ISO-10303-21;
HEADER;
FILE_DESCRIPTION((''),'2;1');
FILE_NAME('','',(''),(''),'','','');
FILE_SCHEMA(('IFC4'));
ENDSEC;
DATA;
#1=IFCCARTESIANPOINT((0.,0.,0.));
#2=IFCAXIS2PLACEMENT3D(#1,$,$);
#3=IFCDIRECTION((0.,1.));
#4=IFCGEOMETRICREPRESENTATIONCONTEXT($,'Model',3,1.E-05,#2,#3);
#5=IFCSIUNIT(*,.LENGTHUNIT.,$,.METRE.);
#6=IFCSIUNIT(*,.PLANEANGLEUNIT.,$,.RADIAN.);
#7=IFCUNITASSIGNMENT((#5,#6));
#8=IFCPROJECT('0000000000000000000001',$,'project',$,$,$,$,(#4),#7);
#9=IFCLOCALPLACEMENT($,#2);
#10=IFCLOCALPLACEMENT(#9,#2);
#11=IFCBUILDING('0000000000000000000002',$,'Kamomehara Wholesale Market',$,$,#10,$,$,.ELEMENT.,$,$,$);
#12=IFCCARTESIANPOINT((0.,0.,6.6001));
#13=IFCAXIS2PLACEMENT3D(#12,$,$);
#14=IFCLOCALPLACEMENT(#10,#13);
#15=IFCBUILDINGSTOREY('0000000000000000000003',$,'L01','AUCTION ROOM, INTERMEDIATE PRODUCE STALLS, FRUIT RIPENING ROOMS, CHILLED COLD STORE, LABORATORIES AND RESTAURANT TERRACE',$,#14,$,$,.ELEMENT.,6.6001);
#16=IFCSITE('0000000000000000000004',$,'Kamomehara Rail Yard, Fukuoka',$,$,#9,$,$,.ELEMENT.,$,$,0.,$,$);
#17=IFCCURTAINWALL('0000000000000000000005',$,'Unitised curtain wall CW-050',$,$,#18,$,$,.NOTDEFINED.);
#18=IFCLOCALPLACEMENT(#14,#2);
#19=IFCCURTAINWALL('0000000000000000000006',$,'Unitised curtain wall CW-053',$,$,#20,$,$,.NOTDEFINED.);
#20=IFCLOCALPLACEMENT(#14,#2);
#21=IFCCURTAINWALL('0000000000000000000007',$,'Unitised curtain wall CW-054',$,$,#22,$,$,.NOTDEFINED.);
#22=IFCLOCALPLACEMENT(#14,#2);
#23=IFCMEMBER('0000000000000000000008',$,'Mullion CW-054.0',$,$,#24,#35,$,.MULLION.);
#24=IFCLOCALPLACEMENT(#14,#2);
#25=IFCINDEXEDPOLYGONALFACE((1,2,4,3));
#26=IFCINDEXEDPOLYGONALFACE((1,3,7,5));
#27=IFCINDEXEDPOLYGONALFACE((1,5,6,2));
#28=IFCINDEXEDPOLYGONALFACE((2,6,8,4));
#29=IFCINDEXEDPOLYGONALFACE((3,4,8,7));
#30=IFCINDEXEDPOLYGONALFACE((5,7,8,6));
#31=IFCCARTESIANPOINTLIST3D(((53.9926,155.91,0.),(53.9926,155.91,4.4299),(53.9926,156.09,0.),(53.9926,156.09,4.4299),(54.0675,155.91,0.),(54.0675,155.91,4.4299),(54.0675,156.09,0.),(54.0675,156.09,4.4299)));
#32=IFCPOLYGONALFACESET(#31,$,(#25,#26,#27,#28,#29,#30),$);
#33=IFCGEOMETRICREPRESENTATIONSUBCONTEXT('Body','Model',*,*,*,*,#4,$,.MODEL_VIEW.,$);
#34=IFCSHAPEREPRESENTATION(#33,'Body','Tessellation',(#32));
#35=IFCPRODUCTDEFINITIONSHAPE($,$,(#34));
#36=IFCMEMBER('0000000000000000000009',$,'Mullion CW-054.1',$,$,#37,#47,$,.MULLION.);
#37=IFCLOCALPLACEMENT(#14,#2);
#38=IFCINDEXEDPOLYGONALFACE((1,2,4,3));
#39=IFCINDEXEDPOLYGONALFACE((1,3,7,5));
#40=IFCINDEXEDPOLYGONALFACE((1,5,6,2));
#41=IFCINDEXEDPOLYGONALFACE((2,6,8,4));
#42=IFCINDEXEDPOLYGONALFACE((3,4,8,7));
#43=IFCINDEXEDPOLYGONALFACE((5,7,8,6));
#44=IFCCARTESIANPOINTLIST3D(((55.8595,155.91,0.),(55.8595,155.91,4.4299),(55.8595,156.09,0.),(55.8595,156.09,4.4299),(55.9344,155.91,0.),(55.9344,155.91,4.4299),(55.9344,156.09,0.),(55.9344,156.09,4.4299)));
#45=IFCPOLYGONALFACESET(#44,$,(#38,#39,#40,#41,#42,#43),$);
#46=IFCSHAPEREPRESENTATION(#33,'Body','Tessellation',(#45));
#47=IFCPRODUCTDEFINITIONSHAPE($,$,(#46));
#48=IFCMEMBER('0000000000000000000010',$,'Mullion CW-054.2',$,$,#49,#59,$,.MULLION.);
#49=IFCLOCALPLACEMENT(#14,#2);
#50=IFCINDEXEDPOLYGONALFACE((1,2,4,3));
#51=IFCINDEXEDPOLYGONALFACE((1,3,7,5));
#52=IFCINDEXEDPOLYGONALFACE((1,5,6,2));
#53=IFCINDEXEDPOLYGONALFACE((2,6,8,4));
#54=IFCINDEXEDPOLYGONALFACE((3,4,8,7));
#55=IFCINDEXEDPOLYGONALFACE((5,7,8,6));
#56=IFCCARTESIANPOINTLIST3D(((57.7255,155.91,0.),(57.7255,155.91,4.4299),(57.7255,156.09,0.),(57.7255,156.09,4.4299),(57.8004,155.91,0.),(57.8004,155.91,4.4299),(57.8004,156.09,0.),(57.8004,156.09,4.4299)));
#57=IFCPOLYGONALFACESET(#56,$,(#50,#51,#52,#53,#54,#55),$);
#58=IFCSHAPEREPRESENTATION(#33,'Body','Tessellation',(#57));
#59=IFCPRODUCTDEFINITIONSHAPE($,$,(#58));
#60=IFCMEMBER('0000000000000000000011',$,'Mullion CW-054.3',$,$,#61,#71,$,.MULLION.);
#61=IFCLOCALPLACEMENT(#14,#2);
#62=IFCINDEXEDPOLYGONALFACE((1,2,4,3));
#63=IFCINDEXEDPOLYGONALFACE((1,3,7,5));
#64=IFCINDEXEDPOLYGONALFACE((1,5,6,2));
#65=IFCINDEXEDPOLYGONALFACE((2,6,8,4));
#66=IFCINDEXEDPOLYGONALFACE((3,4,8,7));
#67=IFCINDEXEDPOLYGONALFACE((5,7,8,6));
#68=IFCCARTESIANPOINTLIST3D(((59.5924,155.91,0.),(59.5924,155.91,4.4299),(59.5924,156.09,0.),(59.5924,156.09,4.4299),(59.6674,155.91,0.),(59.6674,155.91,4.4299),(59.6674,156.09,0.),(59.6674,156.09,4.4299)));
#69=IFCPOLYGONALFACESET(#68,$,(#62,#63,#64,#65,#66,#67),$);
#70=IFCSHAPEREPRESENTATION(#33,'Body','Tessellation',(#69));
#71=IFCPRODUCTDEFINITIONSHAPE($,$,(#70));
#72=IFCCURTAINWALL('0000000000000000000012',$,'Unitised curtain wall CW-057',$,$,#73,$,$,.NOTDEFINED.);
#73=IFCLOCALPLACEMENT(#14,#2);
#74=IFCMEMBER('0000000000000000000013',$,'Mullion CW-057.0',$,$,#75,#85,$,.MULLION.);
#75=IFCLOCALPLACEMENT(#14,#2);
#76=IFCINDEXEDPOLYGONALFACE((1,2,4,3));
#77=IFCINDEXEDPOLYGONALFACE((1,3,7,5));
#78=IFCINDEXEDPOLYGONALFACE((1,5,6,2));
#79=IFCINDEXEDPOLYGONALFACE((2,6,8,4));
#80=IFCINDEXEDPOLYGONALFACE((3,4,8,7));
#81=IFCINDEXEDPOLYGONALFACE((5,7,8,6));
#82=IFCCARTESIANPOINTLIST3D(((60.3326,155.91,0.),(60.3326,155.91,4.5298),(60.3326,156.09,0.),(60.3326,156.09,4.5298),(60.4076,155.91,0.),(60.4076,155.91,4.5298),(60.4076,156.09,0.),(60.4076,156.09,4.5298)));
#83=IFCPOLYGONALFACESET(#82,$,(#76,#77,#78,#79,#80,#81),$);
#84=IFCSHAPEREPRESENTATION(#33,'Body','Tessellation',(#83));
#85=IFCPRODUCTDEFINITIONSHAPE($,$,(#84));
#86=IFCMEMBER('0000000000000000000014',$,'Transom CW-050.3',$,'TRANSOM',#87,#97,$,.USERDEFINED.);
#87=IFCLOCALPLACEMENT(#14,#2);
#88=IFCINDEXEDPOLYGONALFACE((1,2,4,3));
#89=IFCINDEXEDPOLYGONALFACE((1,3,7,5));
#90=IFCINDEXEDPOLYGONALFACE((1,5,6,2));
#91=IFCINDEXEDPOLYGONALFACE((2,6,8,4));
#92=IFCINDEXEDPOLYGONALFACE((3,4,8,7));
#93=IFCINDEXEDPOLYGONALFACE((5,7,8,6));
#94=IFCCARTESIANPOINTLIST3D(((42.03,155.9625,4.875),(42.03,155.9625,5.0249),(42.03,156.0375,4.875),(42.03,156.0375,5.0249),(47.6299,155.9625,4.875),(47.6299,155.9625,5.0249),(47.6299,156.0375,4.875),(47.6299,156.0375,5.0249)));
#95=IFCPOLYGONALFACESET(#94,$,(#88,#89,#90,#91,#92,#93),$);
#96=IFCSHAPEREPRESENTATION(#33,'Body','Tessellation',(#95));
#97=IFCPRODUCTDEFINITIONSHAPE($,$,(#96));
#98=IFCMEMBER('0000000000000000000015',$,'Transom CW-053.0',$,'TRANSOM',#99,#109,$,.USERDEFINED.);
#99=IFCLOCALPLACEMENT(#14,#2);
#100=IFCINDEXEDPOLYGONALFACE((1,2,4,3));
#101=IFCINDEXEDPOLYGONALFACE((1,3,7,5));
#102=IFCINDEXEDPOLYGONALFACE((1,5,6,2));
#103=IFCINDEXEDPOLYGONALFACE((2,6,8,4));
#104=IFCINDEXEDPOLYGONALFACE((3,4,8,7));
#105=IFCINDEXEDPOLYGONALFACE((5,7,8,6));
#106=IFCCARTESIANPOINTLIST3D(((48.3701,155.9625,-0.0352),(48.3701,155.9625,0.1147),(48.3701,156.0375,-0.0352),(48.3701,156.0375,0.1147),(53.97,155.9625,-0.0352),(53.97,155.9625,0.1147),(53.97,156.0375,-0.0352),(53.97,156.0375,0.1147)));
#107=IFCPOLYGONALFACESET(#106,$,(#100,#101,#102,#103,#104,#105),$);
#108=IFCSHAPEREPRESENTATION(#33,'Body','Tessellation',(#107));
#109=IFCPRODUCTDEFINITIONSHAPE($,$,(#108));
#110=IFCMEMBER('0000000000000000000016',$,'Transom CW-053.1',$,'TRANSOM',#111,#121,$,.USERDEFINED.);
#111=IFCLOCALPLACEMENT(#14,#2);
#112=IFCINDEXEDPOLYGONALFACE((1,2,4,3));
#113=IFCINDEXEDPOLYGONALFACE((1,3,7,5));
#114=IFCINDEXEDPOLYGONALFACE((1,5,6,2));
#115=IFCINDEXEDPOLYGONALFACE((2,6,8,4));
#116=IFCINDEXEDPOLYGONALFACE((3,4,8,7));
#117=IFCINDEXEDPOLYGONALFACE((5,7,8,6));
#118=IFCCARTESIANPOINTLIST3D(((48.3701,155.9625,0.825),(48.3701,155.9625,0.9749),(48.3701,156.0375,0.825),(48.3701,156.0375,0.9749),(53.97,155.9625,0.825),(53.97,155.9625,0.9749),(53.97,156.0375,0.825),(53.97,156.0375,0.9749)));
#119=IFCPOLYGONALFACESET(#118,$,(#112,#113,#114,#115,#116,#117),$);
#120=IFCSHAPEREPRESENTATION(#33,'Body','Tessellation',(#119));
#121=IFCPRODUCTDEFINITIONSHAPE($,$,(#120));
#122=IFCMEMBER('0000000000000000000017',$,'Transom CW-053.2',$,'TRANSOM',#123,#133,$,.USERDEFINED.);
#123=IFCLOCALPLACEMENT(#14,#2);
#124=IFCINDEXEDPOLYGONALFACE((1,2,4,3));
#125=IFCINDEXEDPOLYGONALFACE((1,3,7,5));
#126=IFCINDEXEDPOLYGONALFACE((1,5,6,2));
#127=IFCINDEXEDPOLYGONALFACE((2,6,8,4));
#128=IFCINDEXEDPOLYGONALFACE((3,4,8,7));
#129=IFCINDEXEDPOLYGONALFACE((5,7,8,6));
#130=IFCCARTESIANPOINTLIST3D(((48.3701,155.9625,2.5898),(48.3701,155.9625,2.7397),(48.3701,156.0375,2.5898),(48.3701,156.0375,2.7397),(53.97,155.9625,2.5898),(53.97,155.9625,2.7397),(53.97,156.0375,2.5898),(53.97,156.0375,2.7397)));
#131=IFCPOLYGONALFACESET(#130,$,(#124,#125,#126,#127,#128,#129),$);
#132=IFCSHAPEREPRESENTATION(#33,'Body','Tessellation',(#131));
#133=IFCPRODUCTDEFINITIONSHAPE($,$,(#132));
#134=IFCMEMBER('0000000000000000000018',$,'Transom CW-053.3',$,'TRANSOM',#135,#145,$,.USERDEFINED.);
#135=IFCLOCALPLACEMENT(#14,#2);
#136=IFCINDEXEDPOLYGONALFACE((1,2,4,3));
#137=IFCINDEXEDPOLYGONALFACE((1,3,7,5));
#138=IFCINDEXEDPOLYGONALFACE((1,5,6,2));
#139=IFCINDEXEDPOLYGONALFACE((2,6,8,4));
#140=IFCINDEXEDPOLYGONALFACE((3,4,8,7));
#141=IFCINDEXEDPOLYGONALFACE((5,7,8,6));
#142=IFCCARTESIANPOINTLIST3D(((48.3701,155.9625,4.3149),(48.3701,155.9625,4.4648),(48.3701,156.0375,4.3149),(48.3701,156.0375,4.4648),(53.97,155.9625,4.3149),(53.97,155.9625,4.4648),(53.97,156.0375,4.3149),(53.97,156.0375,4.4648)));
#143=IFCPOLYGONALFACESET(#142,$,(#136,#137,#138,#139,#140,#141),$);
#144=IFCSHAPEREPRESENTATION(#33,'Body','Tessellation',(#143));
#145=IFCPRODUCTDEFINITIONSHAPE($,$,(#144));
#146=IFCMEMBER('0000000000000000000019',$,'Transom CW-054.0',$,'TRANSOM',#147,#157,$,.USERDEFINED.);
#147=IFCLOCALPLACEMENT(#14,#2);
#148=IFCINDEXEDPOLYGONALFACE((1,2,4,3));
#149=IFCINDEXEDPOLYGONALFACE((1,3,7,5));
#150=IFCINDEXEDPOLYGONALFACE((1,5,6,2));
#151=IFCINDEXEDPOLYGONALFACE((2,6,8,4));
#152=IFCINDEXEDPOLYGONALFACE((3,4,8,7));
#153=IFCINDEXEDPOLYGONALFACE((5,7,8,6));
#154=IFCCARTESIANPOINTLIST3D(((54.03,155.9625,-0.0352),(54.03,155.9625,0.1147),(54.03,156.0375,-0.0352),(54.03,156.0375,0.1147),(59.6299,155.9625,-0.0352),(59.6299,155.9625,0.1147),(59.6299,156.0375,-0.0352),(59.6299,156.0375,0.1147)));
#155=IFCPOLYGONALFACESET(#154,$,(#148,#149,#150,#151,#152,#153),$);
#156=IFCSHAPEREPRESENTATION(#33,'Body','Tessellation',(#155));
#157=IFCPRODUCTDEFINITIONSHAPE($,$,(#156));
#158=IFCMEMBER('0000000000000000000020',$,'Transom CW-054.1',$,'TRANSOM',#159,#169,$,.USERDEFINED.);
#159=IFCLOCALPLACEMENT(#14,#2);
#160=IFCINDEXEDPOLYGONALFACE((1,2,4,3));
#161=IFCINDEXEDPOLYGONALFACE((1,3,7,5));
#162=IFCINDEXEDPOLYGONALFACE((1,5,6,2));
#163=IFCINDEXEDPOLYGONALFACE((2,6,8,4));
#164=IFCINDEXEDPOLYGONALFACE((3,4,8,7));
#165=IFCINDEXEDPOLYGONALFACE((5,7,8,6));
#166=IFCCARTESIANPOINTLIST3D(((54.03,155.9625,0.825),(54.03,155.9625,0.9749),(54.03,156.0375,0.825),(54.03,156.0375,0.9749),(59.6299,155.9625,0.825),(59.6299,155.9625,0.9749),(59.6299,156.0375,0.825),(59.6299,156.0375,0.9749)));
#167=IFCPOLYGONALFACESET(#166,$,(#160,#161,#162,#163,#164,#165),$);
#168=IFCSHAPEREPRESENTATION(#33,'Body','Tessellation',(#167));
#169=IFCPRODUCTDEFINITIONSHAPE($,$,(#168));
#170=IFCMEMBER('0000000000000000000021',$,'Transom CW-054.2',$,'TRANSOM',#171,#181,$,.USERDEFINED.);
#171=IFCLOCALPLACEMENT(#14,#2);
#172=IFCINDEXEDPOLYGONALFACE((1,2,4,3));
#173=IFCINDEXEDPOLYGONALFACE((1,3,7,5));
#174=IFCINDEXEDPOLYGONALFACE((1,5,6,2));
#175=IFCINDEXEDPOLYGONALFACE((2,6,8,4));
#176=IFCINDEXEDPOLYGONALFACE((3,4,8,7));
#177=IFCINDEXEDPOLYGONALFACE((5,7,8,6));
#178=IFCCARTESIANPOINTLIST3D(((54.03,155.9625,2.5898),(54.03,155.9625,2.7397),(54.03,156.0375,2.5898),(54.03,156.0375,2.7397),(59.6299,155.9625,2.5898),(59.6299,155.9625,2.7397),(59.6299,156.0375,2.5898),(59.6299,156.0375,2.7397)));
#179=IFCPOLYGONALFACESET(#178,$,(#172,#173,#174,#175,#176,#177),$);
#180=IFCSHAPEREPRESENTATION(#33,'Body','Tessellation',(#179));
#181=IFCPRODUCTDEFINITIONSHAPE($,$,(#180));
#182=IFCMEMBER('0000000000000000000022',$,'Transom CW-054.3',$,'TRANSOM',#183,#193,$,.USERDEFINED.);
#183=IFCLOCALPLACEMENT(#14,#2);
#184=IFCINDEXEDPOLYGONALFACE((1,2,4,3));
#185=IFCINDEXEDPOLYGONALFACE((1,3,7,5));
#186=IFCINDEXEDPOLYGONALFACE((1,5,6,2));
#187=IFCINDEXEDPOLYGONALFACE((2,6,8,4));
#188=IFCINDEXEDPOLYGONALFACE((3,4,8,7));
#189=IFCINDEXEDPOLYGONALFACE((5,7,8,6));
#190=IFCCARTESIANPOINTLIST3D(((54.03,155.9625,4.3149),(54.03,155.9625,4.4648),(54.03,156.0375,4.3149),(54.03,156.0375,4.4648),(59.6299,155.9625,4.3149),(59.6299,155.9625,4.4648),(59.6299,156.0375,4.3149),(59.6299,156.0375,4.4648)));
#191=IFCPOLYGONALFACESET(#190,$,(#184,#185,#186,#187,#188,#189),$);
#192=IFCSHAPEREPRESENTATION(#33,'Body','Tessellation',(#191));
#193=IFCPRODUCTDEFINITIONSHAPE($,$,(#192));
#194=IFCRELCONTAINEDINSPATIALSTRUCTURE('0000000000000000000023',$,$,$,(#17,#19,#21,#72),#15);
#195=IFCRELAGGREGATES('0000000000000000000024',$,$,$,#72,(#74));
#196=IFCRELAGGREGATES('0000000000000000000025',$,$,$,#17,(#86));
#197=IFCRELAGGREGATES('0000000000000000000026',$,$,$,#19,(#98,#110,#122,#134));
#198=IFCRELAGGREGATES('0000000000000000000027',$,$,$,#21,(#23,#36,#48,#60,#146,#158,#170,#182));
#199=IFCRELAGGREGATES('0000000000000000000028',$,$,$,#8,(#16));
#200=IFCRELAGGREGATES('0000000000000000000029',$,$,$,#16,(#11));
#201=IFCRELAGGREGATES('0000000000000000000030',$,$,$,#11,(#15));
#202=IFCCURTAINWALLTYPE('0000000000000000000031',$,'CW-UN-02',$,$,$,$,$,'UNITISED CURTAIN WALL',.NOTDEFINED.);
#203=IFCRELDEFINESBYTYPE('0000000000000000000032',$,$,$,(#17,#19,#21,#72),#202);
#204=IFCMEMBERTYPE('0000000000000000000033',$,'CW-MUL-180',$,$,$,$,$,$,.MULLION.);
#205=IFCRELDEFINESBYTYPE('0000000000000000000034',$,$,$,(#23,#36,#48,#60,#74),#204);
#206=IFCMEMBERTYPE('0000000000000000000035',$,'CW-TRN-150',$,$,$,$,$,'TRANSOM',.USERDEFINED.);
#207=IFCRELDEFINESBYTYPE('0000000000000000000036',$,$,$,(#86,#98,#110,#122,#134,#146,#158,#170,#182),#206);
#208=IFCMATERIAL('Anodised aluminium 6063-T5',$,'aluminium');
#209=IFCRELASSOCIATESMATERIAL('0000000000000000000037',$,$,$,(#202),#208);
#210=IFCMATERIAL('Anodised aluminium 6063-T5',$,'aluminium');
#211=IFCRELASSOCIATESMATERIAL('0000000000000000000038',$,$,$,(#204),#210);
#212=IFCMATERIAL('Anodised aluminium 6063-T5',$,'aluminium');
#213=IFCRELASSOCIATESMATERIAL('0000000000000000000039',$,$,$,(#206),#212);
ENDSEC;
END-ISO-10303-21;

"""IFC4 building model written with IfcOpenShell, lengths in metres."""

from ifc_helpers import new_model, si_unit, direction, frame, origin, origin_2d, place, context, subcontext, project, spatial, rectangle, extrude, material, material_profile, profile_set, type_object, element, aggregate, save


model = new_model("IFC4")

# Units and contexts
model_context = context("Model", 3, precision=1e-05, world=origin(), true_north=direction((0.0, 1.0)))
body_context = subcontext(model_context, "Body", "Model", "MODEL_VIEW")
ifc_project = project(units=[si_unit("LENGTHUNIT", "METRE"), si_unit("PLANEANGLEUNIT", "RADIAN")], contexts=[model_context])

# Site, building, storey
site_placement = place(None, origin())
site = spatial("IfcSite", under=ifc_project, at=site_placement, Name="Kamomehara Rail Yard, Fukuoka", CompositionType="ELEMENT", RefElevation=0.0)
building_placement = place(site_placement, origin())
building = spatial("IfcBuilding", under=site, at=building_placement, Name="Kamomehara Wholesale Market", CompositionType="ELEMENT")
storey_placement = place(building_placement, frame((0.0, 0.0, 6.6001)))
storey = spatial("IfcBuildingStorey", under=building, at=storey_placement, Name="L01", Description="AUCTION ROOM, INTERMEDIATE PRODUCE STALLS, FRUIT RIPENING ROOMS, CHILLED COLD STORE, LABORATORIES AND RESTAURANT TERRACE", CompositionType="ELEMENT", Elevation=6.6001)

# Curtain walls, members
ifc_material_1 = material(Name="Anodised aluminium 6063-T5", Category="aluminium")
curtain_wall_type = type_object("IfcCurtainWallType", Name="CW-UN-02", ElementType="UNITISED CURTAIN WALL", PredefinedType="NOTDEFINED", material=ifc_material_1)
curtain_wall_1_placement = place(storey_placement, origin())
curtain_wall_1 = element("IfcCurtainWall", 1, at=curtain_wall_1_placement, inside=storey, type_object=curtain_wall_type, Name="Unitised curtain wall CW-050", PredefinedType="NOTDEFINED")
ifc_material_2 = material(Name="Anodised aluminium 6063-T5", Category="aluminium")
ifc_material_profile_1 = material_profile(ifc_material_2, rectangle(XDim=0.075, YDim=0.1799, at=origin_2d()), Name="ALU-MUL-75x180")
ifc_profile_set_1 = profile_set([ifc_material_profile_1], Name="Anodised aluminium 6063-T5")
member_type_1 = type_object("IfcMemberType", Name="CW-MUL-180", PredefinedType="MULLION", material=ifc_profile_set_1)
curtain_wall_2_placement = place(storey_placement, origin())
curtain_wall_2 = element("IfcCurtainWall", 2, at=curtain_wall_2_placement, inside=storey, type_object=curtain_wall_type, Name="Unitised curtain wall CW-053", PredefinedType="NOTDEFINED")
curtain_wall_3_placement = place(storey_placement, origin())
curtain_wall_3 = element("IfcCurtainWall", 3, at=curtain_wall_3_placement, inside=storey, type_object=curtain_wall_type, Name="Unitised curtain wall CW-054", PredefinedType="NOTDEFINED")
member_1_placement = place(storey_placement, frame((54.03, 156.0, 0.0), z_axis=(0.0, 0.0, 1.0), x_axis=(1.0, 0.0, 0.0)))
member_1 = element("IfcMember", 4, at=member_1_placement, type_object=member_type_1, Name="Mullion CW-054.0", PredefinedType="MULLION", context=body_context, shape_type="SweptSolid", body=[
    extrude(rectangle(XDim=0.075, YDim=0.1799, at=origin_2d()), origin(), (0.0, 0.0, 1.0), 4.4299),
])
member_2_placement = place(storey_placement, frame((55.897, 156.0, 0.0), z_axis=(0.0, 0.0, 1.0), x_axis=(1.0, 0.0, 0.0)))
member_2 = element("IfcMember", 5, at=member_2_placement, type_object=member_type_1, Name="Mullion CW-054.1", PredefinedType="MULLION", context=body_context, shape_type="SweptSolid", body=[
    extrude(rectangle(XDim=0.075, YDim=0.1799, at=origin_2d()), origin(), (0.0, 0.0, 1.0), 4.4299),
])
member_3_placement = place(storey_placement, frame((57.7629, 156.0, 0.0), z_axis=(0.0, 0.0, 1.0), x_axis=(1.0, 0.0, 0.0)))
member_3 = element("IfcMember", 6, at=member_3_placement, type_object=member_type_1, Name="Mullion CW-054.2", PredefinedType="MULLION", context=body_context, shape_type="SweptSolid", body=[
    extrude(rectangle(XDim=0.075, YDim=0.1799, at=origin_2d()), origin(), (0.0, 0.0, 1.0), 4.4299),
])
member_4_placement = place(storey_placement, frame((59.6299, 156.0, 0.0), z_axis=(0.0, 0.0, 1.0), x_axis=(1.0, 0.0, 0.0)))
member_4 = element("IfcMember", 7, at=member_4_placement, type_object=member_type_1, Name="Mullion CW-054.3", PredefinedType="MULLION", context=body_context, shape_type="SweptSolid", body=[
    extrude(rectangle(XDim=0.075, YDim=0.1799, at=origin_2d()), origin(), (0.0, 0.0, 1.0), 4.4299),
])

# Curtain wall, member
curtain_wall_4_placement = place(storey_placement, origin())
curtain_wall_4 = element("IfcCurtainWall", 8, at=curtain_wall_4_placement, inside=storey, type_object=curtain_wall_type, Name="Unitised curtain wall CW-057", PredefinedType="NOTDEFINED")
member_5_placement = place(storey_placement, frame((60.3701, 156.0, 0.0), z_axis=(0.0, 0.0, 1.0), x_axis=(1.0, 0.0, 0.0)))
member_5 = element("IfcMember", 9, at=member_5_placement, type_object=member_type_1, Name="Mullion CW-057.0", PredefinedType="MULLION", context=body_context, shape_type="SweptSolid", body=[
    extrude(rectangle(XDim=0.075, YDim=0.1799, at=origin_2d()), origin(), (0.0, 0.0, 1.0), 4.5298),
])
aggregate(curtain_wall_4, [member_5])

# Members
ifc_material_3 = material(Name="Anodised aluminium 6063-T5", Category="aluminium")
ifc_material_profile_2 = material_profile(ifc_material_3, rectangle(XDim=0.075, YDim=0.1499, at=origin_2d()), Name="ALU-TRN-75x150")
ifc_profile_set_2 = profile_set([ifc_material_profile_2], Name="Anodised aluminium 6063-T5")
member_type_2 = type_object("IfcMemberType", Name="CW-TRN-150", ElementType="TRANSOM", PredefinedType="USERDEFINED", material=ifc_profile_set_2)
member_6_placement = place(storey_placement, frame((42.03, 156.0, 4.95), z_axis=(1.0, 0.0, 0.0), x_axis=(0.0, 1.0, 0.0)))
member_6 = element("IfcMember", 10, at=member_6_placement, type_object=member_type_2, Name="Transom CW-050.3", ObjectType="TRANSOM", PredefinedType="USERDEFINED", context=body_context, shape_type="SweptSolid", body=[
    extrude(rectangle(XDim=0.075, YDim=0.1499, at=origin_2d()), origin(), (0.0, 0.0, 1.0), 5.5999),
])
aggregate(curtain_wall_1, [member_6])
member_7_placement = place(storey_placement, frame((48.3701, 156.0, 0.0398), z_axis=(1.0, 0.0, 0.0), x_axis=(0.0, 1.0, 0.0)))
member_7 = element("IfcMember", 11, at=member_7_placement, type_object=member_type_2, Name="Transom CW-053.0", ObjectType="TRANSOM", PredefinedType="USERDEFINED", context=body_context, shape_type="SweptSolid", body=[
    extrude(rectangle(XDim=0.075, YDim=0.1499, at=origin_2d()), origin(), (0.0, 0.0, 1.0), 5.5999),
])
member_8_placement = place(storey_placement, frame((48.3701, 156.0, 0.8999), z_axis=(1.0, 0.0, 0.0), x_axis=(0.0, 1.0, 0.0)))
member_8 = element("IfcMember", 12, at=member_8_placement, type_object=member_type_2, Name="Transom CW-053.1", ObjectType="TRANSOM", PredefinedType="USERDEFINED", context=body_context, shape_type="SweptSolid", body=[
    extrude(rectangle(XDim=0.075, YDim=0.1499, at=origin_2d()), origin(), (0.0, 0.0, 1.0), 5.5999),
])
member_9_placement = place(storey_placement, frame((48.3701, 156.0, 2.6648), z_axis=(1.0, 0.0, 0.0), x_axis=(0.0, 1.0, 0.0)))
member_9 = element("IfcMember", 13, at=member_9_placement, type_object=member_type_2, Name="Transom CW-053.2", ObjectType="TRANSOM", PredefinedType="USERDEFINED", context=body_context, shape_type="SweptSolid", body=[
    extrude(rectangle(XDim=0.075, YDim=0.1499, at=origin_2d()), origin(), (0.0, 0.0, 1.0), 5.5999),
])
member_10_placement = place(storey_placement, frame((48.3701, 156.0, 4.3899), z_axis=(1.0, 0.0, 0.0), x_axis=(0.0, 1.0, 0.0)))
member_10 = element("IfcMember", 14, at=member_10_placement, type_object=member_type_2, Name="Transom CW-053.3", ObjectType="TRANSOM", PredefinedType="USERDEFINED", context=body_context, shape_type="SweptSolid", body=[
    extrude(rectangle(XDim=0.075, YDim=0.1499, at=origin_2d()), origin(), (0.0, 0.0, 1.0), 5.5999),
])
aggregate(curtain_wall_2, [member_7, member_8, member_9, member_10])
member_11_placement = place(storey_placement, frame((54.03, 156.0, 0.0398), z_axis=(1.0, 0.0, 0.0), x_axis=(0.0, 1.0, 0.0)))
member_11 = element("IfcMember", 15, at=member_11_placement, type_object=member_type_2, Name="Transom CW-054.0", ObjectType="TRANSOM", PredefinedType="USERDEFINED", context=body_context, shape_type="SweptSolid", body=[
    extrude(rectangle(XDim=0.075, YDim=0.1499, at=origin_2d()), origin(), (0.0, 0.0, 1.0), 5.5999),
])
member_12_placement = place(storey_placement, frame((54.03, 156.0, 0.8999), z_axis=(1.0, 0.0, 0.0), x_axis=(0.0, 1.0, 0.0)))
member_12 = element("IfcMember", 16, at=member_12_placement, type_object=member_type_2, Name="Transom CW-054.1", ObjectType="TRANSOM", PredefinedType="USERDEFINED", context=body_context, shape_type="SweptSolid", body=[
    extrude(rectangle(XDim=0.075, YDim=0.1499, at=origin_2d()), origin(), (0.0, 0.0, 1.0), 5.5999),
])
member_13_placement = place(storey_placement, frame((54.03, 156.0, 2.6648), z_axis=(1.0, 0.0, 0.0), x_axis=(0.0, 1.0, 0.0)))
member_13 = element("IfcMember", 17, at=member_13_placement, type_object=member_type_2, Name="Transom CW-054.2", ObjectType="TRANSOM", PredefinedType="USERDEFINED", context=body_context, shape_type="SweptSolid", body=[
    extrude(rectangle(XDim=0.075, YDim=0.1499, at=origin_2d()), origin(), (0.0, 0.0, 1.0), 5.5999),
])
member_14_placement = place(storey_placement, frame((54.03, 156.0, 4.3899), z_axis=(1.0, 0.0, 0.0), x_axis=(0.0, 1.0, 0.0)))
member_14 = element("IfcMember", 18, at=member_14_placement, type_object=member_type_2, Name="Transom CW-054.3", ObjectType="TRANSOM", PredefinedType="USERDEFINED", context=body_context, shape_type="SweptSolid", body=[
    extrude(rectangle(XDim=0.075, YDim=0.1499, at=origin_2d()), origin(), (0.0, 0.0, 1.0), 5.5999),
])
aggregate(curtain_wall_3, [member_1, member_2, member_3, member_4, member_11, member_12, member_13, member_14])

save(model, "model.ifc")
